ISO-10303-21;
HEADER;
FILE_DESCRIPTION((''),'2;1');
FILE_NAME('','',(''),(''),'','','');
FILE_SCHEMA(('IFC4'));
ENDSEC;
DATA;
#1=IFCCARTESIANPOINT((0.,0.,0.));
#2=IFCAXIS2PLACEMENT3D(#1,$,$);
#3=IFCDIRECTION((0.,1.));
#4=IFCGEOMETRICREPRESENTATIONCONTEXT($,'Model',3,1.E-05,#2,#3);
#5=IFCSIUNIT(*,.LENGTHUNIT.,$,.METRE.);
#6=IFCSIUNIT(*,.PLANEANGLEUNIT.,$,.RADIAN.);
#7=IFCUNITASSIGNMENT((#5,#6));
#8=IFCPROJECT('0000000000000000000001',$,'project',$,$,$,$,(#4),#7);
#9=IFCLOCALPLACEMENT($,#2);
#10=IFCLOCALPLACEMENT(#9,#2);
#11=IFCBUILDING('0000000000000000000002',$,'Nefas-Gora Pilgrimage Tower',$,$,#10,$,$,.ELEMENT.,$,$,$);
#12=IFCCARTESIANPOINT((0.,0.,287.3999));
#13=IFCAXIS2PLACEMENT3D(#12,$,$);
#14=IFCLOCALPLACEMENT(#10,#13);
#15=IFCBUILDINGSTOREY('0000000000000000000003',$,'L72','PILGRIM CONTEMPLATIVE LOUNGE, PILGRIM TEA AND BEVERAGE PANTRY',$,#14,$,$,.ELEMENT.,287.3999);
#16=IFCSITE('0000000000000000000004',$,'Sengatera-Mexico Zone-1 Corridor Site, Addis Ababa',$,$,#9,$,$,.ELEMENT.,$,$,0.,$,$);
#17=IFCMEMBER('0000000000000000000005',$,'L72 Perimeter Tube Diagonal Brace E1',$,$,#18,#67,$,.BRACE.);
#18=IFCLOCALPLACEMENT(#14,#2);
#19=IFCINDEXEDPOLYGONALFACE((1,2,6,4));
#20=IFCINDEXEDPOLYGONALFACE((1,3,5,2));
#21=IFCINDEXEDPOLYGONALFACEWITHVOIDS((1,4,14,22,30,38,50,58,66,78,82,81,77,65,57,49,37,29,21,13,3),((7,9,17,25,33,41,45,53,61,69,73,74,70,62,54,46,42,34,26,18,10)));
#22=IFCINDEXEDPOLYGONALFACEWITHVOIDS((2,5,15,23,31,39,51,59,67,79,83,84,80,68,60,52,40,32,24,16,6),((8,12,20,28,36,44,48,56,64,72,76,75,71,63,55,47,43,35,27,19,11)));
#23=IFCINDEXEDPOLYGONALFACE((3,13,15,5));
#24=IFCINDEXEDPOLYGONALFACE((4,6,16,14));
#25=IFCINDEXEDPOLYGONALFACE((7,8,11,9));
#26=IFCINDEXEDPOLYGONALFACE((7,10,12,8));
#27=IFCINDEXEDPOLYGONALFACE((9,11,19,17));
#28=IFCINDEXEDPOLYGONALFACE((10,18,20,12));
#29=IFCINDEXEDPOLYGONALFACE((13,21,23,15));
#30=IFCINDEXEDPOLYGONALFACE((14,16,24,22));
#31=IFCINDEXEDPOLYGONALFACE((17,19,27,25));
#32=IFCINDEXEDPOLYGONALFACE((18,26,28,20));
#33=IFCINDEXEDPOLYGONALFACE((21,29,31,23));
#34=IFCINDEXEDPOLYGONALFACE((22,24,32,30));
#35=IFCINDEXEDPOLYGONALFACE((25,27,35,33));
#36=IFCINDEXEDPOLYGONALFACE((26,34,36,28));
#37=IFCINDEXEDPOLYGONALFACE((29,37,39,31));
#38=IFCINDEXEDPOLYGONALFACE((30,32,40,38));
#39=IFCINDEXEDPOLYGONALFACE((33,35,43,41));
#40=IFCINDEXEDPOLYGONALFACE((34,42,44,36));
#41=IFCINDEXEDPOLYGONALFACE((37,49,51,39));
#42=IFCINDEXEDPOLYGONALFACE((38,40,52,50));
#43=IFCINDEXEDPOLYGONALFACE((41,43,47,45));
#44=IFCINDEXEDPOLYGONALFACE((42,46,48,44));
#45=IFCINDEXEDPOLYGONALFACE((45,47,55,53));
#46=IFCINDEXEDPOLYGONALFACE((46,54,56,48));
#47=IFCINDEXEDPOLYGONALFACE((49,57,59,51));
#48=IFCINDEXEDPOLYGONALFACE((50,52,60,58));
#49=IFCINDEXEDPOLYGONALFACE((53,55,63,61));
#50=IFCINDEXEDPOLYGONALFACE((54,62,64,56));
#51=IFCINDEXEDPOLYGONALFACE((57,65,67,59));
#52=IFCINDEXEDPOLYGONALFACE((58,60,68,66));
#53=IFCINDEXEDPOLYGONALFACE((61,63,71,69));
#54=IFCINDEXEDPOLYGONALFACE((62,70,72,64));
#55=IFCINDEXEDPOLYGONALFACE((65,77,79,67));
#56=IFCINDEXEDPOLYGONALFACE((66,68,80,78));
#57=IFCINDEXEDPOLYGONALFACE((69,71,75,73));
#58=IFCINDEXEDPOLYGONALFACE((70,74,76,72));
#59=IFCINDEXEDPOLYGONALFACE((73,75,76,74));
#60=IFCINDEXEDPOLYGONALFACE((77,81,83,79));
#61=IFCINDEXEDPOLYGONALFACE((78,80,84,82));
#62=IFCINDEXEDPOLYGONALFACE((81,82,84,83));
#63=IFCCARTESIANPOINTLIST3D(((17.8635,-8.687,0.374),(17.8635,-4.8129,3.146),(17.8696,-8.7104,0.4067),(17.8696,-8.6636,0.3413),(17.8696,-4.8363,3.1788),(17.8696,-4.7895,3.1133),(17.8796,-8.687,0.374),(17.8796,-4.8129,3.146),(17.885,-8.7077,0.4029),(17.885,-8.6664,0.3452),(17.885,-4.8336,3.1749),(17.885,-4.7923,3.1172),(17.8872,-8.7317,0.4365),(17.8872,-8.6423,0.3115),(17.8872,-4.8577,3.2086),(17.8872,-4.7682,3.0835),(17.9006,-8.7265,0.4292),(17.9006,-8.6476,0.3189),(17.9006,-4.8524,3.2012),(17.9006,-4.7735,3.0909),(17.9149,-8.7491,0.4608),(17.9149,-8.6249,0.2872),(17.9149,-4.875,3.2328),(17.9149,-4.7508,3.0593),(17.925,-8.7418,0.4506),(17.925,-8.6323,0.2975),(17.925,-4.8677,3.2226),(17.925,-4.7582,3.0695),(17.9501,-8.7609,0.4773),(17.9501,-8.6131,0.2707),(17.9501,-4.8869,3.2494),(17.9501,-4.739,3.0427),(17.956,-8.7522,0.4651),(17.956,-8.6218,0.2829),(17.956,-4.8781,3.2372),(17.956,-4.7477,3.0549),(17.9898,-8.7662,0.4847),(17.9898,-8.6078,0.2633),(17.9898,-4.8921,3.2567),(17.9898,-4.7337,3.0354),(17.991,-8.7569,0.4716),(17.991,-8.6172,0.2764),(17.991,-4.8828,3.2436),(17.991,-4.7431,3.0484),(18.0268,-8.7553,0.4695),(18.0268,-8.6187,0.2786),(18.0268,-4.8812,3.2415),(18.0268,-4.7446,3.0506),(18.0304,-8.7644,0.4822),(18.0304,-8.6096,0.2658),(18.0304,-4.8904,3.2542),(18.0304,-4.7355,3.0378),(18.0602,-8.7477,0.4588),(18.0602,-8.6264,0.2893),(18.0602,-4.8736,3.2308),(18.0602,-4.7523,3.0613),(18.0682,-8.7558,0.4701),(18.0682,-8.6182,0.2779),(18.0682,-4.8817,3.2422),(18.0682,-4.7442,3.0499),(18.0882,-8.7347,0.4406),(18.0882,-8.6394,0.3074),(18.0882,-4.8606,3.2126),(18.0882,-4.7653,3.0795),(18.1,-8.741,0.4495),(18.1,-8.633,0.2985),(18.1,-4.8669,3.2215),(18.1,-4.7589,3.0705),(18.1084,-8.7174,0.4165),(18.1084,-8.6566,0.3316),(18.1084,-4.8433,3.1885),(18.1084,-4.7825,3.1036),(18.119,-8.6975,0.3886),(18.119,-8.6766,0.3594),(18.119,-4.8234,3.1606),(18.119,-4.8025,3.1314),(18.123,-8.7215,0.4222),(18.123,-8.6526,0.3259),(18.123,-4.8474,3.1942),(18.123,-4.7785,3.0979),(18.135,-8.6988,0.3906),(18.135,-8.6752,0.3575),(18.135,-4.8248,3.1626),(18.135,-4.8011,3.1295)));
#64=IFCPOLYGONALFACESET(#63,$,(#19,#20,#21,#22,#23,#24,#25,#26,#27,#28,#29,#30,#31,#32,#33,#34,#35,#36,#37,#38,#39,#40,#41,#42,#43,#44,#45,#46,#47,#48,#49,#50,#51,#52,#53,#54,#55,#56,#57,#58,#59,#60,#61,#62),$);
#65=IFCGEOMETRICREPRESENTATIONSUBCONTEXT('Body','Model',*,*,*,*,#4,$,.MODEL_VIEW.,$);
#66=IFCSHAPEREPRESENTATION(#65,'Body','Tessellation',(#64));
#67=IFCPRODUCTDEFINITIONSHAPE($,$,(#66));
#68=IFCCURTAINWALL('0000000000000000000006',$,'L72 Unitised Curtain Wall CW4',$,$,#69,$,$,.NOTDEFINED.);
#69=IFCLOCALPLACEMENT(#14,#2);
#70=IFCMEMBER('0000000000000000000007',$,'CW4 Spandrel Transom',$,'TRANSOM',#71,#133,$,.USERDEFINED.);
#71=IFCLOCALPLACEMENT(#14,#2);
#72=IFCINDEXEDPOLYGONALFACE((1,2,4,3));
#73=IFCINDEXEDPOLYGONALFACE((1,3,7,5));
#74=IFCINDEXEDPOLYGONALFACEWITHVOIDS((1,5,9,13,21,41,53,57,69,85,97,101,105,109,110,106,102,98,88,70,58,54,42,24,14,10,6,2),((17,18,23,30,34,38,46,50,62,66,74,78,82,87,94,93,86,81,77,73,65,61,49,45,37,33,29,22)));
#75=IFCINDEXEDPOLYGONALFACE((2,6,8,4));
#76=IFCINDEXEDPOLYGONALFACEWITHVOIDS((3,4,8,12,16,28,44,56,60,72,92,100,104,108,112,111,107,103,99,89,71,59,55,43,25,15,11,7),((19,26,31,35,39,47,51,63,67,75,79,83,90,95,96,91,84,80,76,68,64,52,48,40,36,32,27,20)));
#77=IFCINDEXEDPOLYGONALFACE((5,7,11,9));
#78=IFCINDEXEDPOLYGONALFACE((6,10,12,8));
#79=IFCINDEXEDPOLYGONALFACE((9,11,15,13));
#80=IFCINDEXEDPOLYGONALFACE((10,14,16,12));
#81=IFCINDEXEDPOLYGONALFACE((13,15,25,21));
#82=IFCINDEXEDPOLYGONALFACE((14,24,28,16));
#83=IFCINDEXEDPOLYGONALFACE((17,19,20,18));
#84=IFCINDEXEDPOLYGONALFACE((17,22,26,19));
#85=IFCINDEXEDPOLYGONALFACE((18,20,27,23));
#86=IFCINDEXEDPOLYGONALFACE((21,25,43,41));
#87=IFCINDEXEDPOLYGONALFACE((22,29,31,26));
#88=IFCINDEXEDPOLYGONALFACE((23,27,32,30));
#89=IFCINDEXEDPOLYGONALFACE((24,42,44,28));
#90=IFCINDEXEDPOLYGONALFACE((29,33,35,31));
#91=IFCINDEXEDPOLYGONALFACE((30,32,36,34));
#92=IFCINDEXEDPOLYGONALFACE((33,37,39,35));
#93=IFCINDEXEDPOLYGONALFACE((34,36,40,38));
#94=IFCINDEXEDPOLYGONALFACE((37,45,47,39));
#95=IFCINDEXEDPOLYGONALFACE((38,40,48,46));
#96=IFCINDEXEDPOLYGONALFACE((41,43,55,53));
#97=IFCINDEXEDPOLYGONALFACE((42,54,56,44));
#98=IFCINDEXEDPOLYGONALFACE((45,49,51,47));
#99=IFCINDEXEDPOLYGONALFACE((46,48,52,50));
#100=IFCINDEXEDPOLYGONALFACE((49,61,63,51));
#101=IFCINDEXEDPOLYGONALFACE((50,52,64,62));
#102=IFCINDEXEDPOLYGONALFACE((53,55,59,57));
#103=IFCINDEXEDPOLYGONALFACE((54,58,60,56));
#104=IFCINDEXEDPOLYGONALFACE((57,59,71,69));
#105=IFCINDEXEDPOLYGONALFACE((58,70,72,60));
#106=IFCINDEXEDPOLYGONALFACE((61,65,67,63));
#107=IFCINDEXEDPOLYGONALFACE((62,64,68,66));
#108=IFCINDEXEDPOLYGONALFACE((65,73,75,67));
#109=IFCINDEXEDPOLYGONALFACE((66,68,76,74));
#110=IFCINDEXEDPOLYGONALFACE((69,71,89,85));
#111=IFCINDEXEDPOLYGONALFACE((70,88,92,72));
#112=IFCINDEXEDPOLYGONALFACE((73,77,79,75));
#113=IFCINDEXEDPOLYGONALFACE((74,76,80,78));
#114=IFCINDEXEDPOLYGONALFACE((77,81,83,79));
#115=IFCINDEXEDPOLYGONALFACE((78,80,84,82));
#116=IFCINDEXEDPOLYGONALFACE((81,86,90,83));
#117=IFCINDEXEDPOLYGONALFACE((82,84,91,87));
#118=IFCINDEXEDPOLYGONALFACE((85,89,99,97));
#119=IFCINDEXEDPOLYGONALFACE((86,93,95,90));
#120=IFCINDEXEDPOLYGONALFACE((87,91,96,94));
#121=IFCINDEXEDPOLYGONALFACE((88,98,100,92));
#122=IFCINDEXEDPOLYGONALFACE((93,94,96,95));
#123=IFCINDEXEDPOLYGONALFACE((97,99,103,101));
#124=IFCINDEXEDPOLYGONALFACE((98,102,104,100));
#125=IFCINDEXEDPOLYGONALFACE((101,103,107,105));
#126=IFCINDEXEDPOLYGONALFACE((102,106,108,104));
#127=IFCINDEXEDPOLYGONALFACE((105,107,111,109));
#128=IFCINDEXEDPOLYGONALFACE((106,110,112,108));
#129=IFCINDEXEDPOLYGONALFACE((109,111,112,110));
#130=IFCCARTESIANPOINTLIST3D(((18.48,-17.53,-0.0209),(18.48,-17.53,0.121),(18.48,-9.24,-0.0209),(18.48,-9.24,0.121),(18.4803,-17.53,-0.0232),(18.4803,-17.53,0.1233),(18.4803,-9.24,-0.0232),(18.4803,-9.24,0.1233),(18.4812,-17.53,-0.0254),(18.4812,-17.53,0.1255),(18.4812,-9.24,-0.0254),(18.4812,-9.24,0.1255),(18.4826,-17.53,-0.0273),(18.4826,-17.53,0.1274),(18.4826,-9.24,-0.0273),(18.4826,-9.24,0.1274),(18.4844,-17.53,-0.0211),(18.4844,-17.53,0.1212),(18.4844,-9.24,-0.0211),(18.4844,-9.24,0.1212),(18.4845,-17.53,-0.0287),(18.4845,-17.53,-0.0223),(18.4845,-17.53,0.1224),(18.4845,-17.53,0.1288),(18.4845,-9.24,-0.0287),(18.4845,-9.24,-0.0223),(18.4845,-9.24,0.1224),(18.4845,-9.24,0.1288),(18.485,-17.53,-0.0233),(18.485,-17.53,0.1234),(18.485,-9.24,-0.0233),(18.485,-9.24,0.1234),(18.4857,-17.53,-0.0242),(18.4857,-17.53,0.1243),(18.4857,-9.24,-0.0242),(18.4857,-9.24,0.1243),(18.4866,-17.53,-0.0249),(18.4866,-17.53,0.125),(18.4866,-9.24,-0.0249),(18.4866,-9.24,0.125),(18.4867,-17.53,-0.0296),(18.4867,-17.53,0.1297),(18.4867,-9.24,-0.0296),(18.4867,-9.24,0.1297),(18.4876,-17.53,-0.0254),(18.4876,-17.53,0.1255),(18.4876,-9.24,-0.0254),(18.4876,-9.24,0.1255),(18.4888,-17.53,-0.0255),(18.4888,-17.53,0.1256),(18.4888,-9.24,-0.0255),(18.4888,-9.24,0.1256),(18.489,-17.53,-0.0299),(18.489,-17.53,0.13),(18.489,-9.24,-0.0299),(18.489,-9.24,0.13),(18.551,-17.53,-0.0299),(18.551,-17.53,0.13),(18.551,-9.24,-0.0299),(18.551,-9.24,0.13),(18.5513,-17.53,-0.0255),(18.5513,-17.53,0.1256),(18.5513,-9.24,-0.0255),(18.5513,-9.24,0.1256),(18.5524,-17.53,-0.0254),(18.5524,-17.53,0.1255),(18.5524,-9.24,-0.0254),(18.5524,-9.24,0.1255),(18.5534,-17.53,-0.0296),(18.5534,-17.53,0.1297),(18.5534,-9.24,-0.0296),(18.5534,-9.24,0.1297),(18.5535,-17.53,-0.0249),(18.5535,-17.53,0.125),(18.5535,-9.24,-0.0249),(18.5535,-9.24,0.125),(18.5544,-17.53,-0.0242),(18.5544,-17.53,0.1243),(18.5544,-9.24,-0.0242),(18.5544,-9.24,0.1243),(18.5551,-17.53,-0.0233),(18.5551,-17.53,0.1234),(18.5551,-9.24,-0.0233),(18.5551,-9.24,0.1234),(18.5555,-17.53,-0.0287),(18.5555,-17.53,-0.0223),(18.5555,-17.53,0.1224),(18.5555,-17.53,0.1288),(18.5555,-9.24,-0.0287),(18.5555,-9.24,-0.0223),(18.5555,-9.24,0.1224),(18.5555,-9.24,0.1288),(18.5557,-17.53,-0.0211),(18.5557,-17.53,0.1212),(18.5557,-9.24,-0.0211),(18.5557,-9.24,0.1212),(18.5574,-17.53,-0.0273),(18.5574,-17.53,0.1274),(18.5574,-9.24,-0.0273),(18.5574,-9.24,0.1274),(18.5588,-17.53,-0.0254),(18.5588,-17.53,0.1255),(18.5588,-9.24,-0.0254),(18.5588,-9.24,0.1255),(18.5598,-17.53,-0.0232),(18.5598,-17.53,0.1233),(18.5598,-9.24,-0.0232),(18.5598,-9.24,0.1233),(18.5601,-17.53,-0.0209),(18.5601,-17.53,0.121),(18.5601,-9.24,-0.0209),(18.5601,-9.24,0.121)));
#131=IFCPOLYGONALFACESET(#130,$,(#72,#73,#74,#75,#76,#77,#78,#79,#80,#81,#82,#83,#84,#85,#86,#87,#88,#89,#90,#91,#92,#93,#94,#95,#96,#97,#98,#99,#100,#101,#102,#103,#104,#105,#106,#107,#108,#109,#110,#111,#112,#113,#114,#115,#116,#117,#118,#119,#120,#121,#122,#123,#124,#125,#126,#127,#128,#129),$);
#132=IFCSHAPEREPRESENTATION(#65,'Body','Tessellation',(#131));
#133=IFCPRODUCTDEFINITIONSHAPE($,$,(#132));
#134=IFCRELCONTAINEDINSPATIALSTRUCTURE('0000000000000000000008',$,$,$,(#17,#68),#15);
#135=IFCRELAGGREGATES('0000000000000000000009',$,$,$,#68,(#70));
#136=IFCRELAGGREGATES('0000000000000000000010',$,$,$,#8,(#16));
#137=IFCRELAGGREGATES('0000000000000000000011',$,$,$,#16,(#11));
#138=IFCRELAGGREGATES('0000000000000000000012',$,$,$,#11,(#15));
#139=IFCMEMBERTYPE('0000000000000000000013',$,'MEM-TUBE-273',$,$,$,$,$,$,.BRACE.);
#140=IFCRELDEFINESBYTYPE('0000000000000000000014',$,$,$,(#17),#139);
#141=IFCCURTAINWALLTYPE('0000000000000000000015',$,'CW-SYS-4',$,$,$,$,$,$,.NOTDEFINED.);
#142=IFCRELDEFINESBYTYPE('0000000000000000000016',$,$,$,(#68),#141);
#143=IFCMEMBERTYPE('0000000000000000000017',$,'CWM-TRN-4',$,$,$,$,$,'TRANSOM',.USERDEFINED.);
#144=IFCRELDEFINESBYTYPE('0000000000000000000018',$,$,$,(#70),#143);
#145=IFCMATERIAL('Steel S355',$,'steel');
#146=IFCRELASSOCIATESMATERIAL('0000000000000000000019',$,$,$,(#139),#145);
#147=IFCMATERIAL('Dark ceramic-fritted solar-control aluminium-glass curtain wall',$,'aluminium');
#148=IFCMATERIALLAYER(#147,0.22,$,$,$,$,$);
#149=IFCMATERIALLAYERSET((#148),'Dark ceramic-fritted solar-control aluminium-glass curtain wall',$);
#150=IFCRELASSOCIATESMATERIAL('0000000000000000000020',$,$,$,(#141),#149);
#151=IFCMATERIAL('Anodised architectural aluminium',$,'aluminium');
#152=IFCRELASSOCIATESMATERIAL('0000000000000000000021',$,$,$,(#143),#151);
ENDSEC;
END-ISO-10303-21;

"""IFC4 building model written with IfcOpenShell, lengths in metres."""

from ifc_helpers import new_model, si_unit, direction, frame, origin, origin_2d, place, context, subcontext, project, spatial, hollow_rectangle, hollow_circle, extrude, source, transform, mapped, material, layer, layer_set, material_profile, profile_set, type_object, element, aggregate, save


model = new_model("IFC4")

# Units and contexts
model_context = context("Model", 3, precision=1e-05, world=origin(), true_north=direction((0.0, 1.0)))
body_context = subcontext(model_context, "Body", "Model", "MODEL_VIEW")
ifc_project = project(units=[si_unit("LENGTHUNIT", "METRE"), si_unit("PLANEANGLEUNIT", "RADIAN")], contexts=[model_context])

# Site, building, storey
site_placement = place(None, origin())
site = spatial("IfcSite", under=ifc_project, at=site_placement, Name="Sengatera-Mexico Zone-1 Corridor Site, Addis Ababa", CompositionType="ELEMENT", RefElevation=0.0)
building_placement = place(site_placement, origin())
building = spatial("IfcBuilding", under=site, at=building_placement, Name="Nefas-Gora Pilgrimage Tower", CompositionType="ELEMENT")
storey_placement = place(building_placement, frame((0.0, 0.0, 287.3999)))
storey = spatial("IfcBuildingStorey", under=building, at=storey_placement, Name="L72", Description="PILGRIM CONTEMPLATIVE LOUNGE, PILGRIM TEA AND BEVERAGE PANTRY", CompositionType="ELEMENT", Elevation=287.3999)

# Shared definitions
ifc_material_1 = material(Name="Steel S355", Category="steel")

# Member
ifc_material_profile_1 = material_profile(ifc_material_1, hollow_circle(Radius=0.1365, WallThickness=0.0161, at=origin_2d()), Name="CHS 273x16")
ifc_profile_set_1 = profile_set([ifc_material_profile_1], Name="Steel S355")
member_type_1 = type_object("IfcMemberType", Name="MEM-TUBE-273", PredefinedType="BRACE", material=ifc_profile_set_1)
shared_shape_1 = source(origin(), body_context, "Body", "SweptSolid", [
    extrude(hollow_circle(Radius=0.1365, WallThickness=0.0161, at=origin_2d()), origin(), (0.0, 0.0, 1.0), 4.7637),
])
member_1_placement = place(storey_placement, frame((18.0, -8.687, 0.374), z_axis=(0.0, 0.813255, 0.581907), x_axis=(-1.0, 0.0, 0.0)))
element("IfcMember", 1, at=member_1_placement, inside=storey, type_object=member_type_1, Name="L72 Perimeter Tube Diagonal Brace E1", PredefinedType="BRACE", context=body_context, shape_type="MappedRepresentation", body=[
    mapped(shared_shape_1, transform((0.0, 0.0, 0.0), x_axis=(1.0, 0.0, 0.0), y_axis=(0.0, 1.0, 0.0), z_axis=(0.0, 0.0, 1.0), scale=1.0)),
])

# Curtain wall, member
ifc_material_2 = material(Name="Dark ceramic-fritted solar-control aluminium-glass curtain wall", Category="aluminium")
ifc_layer_1 = layer(ifc_material_2, 0.22)
ifc_layer_set_1 = layer_set([ifc_layer_1], Name="Dark ceramic-fritted solar-control aluminium-glass curtain wall")
curtain_wall_type = type_object("IfcCurtainWallType", Name="CW-SYS-4", PredefinedType="NOTDEFINED", material=ifc_layer_set_1)
curtain_wall_placement = place(storey_placement, origin())
curtain_wall = element("IfcCurtainWall", 2, at=curtain_wall_placement, inside=storey, type_object=curtain_wall_type, Name="L72 Unitised Curtain Wall CW4", PredefinedType="NOTDEFINED")
ifc_material_3 = material(Name="Anodised architectural aluminium", Category="aluminium")
ifc_material_profile_2 = material_profile(ifc_material_3, hollow_rectangle(XDim=0.0801, YDim=0.1599, WallThickness=0.0044, InnerFilletRadius=0.0044, OuterFilletRadius=0.009, at=origin_2d()), Name="ALU TRANSOM 80x160")
ifc_profile_set_2 = profile_set([ifc_material_profile_2], Name="Anodised architectural aluminium")
member_type_2 = type_object("IfcMemberType", Name="CWM-TRN-4", ElementType="TRANSOM", PredefinedType="USERDEFINED", material=ifc_profile_set_2)
shared_shape_2 = source(origin(), body_context, "Body", "SweptSolid", [
    extrude(hollow_rectangle(XDim=0.0801, YDim=0.1599, WallThickness=0.0044, InnerFilletRadius=0.0044, OuterFilletRadius=0.009, at=origin_2d()), origin(), (0.0, 0.0, 1.0), 8.29),
])
member_2_placement = place(storey_placement, frame((18.52, -17.53, 0.05), z_axis=(0.0, 1.0, 0.0), x_axis=(-1.0, 0.0, 0.0)))
member_2 = element("IfcMember", 3, at=member_2_placement, type_object=member_type_2, Name="CW4 Spandrel Transom", ObjectType="TRANSOM", PredefinedType="USERDEFINED", context=body_context, shape_type="MappedRepresentation", body=[
    mapped(shared_shape_2, transform((0.0, 0.0, 0.0), x_axis=(1.0, 0.0, 0.0), y_axis=(0.0, 1.0, 0.0), z_axis=(0.0, 0.0, 1.0), scale=1.0)),
])

aggregate(curtain_wall, [member_2])

save(model, "model.ifc")
